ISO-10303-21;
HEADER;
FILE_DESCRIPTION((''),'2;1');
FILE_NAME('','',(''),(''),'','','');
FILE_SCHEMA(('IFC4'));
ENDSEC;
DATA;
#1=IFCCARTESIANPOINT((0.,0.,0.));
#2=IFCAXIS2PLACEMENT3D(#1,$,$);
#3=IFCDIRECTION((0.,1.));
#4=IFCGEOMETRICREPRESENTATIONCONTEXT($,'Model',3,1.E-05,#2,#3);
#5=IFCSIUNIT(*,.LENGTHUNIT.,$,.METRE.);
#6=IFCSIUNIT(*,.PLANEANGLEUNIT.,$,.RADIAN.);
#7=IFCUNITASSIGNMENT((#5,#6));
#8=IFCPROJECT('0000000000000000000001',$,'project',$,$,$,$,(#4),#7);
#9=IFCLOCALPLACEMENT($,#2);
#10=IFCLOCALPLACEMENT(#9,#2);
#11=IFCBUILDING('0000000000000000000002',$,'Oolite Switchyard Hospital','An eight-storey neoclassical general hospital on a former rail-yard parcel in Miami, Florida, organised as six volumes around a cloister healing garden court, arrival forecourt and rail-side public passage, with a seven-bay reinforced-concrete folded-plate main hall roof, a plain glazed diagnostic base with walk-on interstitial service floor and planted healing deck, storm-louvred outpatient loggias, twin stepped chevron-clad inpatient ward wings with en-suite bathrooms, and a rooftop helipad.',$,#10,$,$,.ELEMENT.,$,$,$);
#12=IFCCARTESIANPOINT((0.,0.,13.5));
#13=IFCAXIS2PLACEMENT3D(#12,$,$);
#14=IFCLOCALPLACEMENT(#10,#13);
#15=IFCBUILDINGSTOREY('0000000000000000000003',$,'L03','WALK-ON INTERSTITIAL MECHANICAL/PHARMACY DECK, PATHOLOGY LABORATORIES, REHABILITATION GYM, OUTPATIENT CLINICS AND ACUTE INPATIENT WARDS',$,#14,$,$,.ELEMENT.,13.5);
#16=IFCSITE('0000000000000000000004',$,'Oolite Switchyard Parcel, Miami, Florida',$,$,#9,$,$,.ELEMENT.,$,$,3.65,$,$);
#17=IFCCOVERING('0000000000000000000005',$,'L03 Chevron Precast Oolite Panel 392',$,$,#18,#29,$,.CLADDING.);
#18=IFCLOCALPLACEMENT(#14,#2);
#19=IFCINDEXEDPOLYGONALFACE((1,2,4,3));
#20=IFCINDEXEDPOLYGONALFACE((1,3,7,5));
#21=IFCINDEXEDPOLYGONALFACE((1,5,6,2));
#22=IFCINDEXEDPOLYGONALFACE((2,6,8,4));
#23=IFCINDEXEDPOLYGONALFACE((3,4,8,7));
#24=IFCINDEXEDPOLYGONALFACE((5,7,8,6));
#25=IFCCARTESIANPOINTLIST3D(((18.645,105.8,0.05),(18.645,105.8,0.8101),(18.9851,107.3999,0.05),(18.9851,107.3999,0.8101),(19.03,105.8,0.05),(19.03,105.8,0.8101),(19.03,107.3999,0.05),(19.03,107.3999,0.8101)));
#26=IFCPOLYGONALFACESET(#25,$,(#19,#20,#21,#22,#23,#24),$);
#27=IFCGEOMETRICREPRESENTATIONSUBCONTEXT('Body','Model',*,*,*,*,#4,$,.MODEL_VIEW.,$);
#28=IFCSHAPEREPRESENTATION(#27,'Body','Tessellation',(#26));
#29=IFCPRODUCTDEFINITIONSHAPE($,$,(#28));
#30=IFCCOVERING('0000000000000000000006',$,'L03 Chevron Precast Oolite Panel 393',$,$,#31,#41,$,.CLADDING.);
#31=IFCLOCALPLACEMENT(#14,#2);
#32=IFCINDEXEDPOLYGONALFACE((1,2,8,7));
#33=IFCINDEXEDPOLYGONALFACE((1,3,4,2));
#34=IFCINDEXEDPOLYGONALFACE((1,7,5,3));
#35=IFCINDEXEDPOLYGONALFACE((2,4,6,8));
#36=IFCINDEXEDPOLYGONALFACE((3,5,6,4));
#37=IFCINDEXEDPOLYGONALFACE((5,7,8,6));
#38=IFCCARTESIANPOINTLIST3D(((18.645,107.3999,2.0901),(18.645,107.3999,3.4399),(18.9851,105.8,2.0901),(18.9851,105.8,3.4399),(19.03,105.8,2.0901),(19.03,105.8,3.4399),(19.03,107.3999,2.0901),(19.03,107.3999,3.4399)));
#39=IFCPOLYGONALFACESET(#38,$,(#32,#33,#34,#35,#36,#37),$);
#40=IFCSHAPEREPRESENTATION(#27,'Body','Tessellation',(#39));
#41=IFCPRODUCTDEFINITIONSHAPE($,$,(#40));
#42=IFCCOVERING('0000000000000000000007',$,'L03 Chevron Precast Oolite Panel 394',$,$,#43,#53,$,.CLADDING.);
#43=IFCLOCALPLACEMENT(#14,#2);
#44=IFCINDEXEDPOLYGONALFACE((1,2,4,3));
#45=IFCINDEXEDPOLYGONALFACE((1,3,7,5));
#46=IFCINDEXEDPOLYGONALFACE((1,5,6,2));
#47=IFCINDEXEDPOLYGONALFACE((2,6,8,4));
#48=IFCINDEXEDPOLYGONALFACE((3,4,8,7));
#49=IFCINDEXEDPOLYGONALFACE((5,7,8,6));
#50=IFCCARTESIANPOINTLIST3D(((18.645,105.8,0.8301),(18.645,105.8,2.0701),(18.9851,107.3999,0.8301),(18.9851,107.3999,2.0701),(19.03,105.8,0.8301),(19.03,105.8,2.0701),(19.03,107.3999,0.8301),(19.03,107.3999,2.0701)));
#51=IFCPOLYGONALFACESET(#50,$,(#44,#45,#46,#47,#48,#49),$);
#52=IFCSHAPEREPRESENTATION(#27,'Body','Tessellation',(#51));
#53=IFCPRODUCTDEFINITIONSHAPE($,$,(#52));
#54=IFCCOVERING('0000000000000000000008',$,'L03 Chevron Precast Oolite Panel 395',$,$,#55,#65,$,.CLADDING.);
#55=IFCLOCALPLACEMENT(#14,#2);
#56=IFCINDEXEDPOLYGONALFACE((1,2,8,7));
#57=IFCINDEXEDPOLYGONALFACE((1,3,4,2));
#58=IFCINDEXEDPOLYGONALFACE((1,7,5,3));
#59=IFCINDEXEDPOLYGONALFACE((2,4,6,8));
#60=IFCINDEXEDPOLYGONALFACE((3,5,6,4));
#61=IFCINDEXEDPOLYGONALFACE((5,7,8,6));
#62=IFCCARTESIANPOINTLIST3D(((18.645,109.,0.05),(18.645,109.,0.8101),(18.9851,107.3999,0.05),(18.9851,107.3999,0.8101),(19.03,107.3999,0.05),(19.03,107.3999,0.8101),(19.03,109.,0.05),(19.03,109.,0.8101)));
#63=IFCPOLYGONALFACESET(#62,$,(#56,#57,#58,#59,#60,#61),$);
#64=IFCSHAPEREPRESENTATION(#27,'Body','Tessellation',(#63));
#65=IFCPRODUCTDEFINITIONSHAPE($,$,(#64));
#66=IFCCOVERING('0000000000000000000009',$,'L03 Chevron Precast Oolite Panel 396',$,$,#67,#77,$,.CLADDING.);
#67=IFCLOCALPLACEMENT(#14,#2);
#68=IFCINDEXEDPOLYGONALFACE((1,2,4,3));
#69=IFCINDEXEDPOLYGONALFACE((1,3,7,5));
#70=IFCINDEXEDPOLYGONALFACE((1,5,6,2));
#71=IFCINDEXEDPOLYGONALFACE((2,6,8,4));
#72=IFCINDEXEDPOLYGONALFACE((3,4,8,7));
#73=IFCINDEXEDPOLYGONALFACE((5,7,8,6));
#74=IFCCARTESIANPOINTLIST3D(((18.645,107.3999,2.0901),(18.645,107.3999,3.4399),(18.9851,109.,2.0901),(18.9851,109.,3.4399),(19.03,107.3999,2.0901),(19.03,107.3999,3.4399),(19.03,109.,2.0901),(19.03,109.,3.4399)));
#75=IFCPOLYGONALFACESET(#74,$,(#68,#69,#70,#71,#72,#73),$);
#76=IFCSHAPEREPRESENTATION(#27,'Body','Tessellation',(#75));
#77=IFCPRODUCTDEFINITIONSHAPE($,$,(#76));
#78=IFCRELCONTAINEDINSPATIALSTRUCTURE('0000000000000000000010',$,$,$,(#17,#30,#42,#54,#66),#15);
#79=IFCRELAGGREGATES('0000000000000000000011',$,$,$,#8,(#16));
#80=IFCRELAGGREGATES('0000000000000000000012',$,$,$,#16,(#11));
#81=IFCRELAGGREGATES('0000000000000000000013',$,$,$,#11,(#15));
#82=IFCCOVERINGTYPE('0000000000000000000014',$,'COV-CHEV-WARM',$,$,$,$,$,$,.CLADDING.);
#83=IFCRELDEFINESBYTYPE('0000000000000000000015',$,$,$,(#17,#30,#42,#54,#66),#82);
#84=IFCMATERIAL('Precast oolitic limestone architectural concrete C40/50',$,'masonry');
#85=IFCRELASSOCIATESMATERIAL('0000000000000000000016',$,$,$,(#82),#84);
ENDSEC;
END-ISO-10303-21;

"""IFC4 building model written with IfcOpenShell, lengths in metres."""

from ifc_helpers import new_model, si_unit, direction, frame, origin, place, context, subcontext, project, spatial, polyline, outline, extrude, material, type_object, element, save


model = new_model("IFC4")

# Units and contexts
model_context = context("Model", 3, precision=1e-05, world=origin(), true_north=direction((0.0, 1.0)))
body_context = subcontext(model_context, "Body", "Model", "MODEL_VIEW")
ifc_project = project(units=[si_unit("LENGTHUNIT", "METRE"), si_unit("PLANEANGLEUNIT", "RADIAN")], contexts=[model_context])

# Site, building, storey
site_placement = place(None, origin())
site = spatial("IfcSite", under=ifc_project, at=site_placement, Name="Oolite Switchyard Parcel, Miami, Florida", CompositionType="ELEMENT", RefElevation=3.65)
building_placement = place(site_placement, origin())
building = spatial("IfcBuilding", under=site, at=building_placement, Name="Oolite Switchyard Hospital", Description="An eight-storey neoclassical general hospital on a former rail-yard parcel in Miami, Florida, organised as six volumes around a cloister healing garden court, arrival forecourt and rail-side public passage, with a seven-bay reinforced-concrete folded-plate main hall roof, a plain glazed diagnostic base with walk-on interstitial service floor and planted healing deck, storm-louvred outpatient loggias, twin stepped chevron-clad inpatient ward wings with en-suite bathrooms, and a rooftop helipad.", CompositionType="ELEMENT")
storey_placement = place(building_placement, frame((0.0, 0.0, 13.5)))
storey = spatial("IfcBuildingStorey", under=building, at=storey_placement, Name="L03", Description="WALK-ON INTERSTITIAL MECHANICAL/PHARMACY DECK, PATHOLOGY LABORATORIES, REHABILITATION GYM, OUTPATIENT CLINICS AND ACUTE INPATIENT WARDS", CompositionType="ELEMENT", Elevation=13.5)

# Coverings
ifc_material_1 = material(Name="Precast oolitic limestone architectural concrete C40/50", Category="masonry")
covering_type = type_object("IfcCoveringType", Name="COV-CHEV-WARM", PredefinedType="CLADDING", material=ifc_material_1)
covering_1_placement = place(storey_placement, frame((19.03, 105.8, 0.05), z_axis=(0.0, 0.0, 1.0), x_axis=(0.0, 1.0, 0.0)))
element("IfcCovering", 1, at=covering_1_placement, inside=storey, type_object=covering_type, Name="L03 Chevron Precast Oolite Panel 392", PredefinedType="CLADDING", context=body_context, shape_type="SweptSolid", body=[
    extrude(outline(polyline([(0.0, 0.0), (1.5999, 0.0), (1.5999, 0.0449), (0.0, 0.385), (0.0, 0.0)])), origin(), (0.0, 0.0, 1.0), 0.76),
])
covering_2_placement = place(storey_placement, frame((19.03, 105.8, 2.0901), z_axis=(0.0, 0.0, 1.0), x_axis=(0.0, 1.0, 0.0)))
element("IfcCovering", 2, at=covering_2_placement, inside=storey, type_object=covering_type, Name="L03 Chevron Precast Oolite Panel 393", PredefinedType="CLADDING", context=body_context, shape_type="SweptSolid", body=[
    extrude(outline(polyline([(0.0, 0.0), (1.5999, 0.0), (1.5999, 0.385), (0.0, 0.0449), (0.0, 0.0)])), origin(), (0.0, 0.0, 1.0), 1.3499),
])
covering_3_placement = place(storey_placement, frame((19.03, 105.8, 0.8301), z_axis=(0.0, 0.0, 1.0), x_axis=(0.0, 1.0, 0.0)))
element("IfcCovering", 3, at=covering_3_placement, inside=storey, type_object=covering_type, Name="L03 Chevron Precast Oolite Panel 394", PredefinedType="CLADDING", context=body_context, shape_type="SweptSolid", body=[
    extrude(outline(polyline([(0.0, 0.0), (1.5999, 0.0), (1.5999, 0.0449), (0.0, 0.385), (0.0, 0.0)])), origin(), (0.0, 0.0, 1.0), 1.24),
])
covering_4_placement = place(storey_placement, frame((19.03, 107.3999, 0.05), z_axis=(0.0, 0.0, 1.0), x_axis=(0.0, 1.0, 0.0)))
element("IfcCovering", 4, at=covering_4_placement, inside=storey, type_object=covering_type, Name="L03 Chevron Precast Oolite Panel 395", PredefinedType="CLADDING", context=body_context, shape_type="SweptSolid", body=[
    extrude(outline(polyline([(0.0, 0.0), (1.6001, 0.0), (1.6001, 0.385), (0.0, 0.0449), (0.0, 0.0)])), origin(), (0.0, 0.0, 1.0), 0.76),
])
covering_5_placement = place(storey_placement, frame((19.03, 107.3999, 2.0901), z_axis=(0.0, 0.0, 1.0), x_axis=(0.0, 1.0, 0.0)))
element("IfcCovering", 5, at=covering_5_placement, inside=storey, type_object=covering_type, Name="L03 Chevron Precast Oolite Panel 396", PredefinedType="CLADDING", context=body_context, shape_type="SweptSolid", body=[
    extrude(outline(polyline([(0.0, 0.0), (1.6001, 0.0), (1.6001, 0.0449), (0.0, 0.385), (0.0, 0.0)])), origin(), (0.0, 0.0, 1.0), 1.3499),
])

save(model, "model.ifc")
